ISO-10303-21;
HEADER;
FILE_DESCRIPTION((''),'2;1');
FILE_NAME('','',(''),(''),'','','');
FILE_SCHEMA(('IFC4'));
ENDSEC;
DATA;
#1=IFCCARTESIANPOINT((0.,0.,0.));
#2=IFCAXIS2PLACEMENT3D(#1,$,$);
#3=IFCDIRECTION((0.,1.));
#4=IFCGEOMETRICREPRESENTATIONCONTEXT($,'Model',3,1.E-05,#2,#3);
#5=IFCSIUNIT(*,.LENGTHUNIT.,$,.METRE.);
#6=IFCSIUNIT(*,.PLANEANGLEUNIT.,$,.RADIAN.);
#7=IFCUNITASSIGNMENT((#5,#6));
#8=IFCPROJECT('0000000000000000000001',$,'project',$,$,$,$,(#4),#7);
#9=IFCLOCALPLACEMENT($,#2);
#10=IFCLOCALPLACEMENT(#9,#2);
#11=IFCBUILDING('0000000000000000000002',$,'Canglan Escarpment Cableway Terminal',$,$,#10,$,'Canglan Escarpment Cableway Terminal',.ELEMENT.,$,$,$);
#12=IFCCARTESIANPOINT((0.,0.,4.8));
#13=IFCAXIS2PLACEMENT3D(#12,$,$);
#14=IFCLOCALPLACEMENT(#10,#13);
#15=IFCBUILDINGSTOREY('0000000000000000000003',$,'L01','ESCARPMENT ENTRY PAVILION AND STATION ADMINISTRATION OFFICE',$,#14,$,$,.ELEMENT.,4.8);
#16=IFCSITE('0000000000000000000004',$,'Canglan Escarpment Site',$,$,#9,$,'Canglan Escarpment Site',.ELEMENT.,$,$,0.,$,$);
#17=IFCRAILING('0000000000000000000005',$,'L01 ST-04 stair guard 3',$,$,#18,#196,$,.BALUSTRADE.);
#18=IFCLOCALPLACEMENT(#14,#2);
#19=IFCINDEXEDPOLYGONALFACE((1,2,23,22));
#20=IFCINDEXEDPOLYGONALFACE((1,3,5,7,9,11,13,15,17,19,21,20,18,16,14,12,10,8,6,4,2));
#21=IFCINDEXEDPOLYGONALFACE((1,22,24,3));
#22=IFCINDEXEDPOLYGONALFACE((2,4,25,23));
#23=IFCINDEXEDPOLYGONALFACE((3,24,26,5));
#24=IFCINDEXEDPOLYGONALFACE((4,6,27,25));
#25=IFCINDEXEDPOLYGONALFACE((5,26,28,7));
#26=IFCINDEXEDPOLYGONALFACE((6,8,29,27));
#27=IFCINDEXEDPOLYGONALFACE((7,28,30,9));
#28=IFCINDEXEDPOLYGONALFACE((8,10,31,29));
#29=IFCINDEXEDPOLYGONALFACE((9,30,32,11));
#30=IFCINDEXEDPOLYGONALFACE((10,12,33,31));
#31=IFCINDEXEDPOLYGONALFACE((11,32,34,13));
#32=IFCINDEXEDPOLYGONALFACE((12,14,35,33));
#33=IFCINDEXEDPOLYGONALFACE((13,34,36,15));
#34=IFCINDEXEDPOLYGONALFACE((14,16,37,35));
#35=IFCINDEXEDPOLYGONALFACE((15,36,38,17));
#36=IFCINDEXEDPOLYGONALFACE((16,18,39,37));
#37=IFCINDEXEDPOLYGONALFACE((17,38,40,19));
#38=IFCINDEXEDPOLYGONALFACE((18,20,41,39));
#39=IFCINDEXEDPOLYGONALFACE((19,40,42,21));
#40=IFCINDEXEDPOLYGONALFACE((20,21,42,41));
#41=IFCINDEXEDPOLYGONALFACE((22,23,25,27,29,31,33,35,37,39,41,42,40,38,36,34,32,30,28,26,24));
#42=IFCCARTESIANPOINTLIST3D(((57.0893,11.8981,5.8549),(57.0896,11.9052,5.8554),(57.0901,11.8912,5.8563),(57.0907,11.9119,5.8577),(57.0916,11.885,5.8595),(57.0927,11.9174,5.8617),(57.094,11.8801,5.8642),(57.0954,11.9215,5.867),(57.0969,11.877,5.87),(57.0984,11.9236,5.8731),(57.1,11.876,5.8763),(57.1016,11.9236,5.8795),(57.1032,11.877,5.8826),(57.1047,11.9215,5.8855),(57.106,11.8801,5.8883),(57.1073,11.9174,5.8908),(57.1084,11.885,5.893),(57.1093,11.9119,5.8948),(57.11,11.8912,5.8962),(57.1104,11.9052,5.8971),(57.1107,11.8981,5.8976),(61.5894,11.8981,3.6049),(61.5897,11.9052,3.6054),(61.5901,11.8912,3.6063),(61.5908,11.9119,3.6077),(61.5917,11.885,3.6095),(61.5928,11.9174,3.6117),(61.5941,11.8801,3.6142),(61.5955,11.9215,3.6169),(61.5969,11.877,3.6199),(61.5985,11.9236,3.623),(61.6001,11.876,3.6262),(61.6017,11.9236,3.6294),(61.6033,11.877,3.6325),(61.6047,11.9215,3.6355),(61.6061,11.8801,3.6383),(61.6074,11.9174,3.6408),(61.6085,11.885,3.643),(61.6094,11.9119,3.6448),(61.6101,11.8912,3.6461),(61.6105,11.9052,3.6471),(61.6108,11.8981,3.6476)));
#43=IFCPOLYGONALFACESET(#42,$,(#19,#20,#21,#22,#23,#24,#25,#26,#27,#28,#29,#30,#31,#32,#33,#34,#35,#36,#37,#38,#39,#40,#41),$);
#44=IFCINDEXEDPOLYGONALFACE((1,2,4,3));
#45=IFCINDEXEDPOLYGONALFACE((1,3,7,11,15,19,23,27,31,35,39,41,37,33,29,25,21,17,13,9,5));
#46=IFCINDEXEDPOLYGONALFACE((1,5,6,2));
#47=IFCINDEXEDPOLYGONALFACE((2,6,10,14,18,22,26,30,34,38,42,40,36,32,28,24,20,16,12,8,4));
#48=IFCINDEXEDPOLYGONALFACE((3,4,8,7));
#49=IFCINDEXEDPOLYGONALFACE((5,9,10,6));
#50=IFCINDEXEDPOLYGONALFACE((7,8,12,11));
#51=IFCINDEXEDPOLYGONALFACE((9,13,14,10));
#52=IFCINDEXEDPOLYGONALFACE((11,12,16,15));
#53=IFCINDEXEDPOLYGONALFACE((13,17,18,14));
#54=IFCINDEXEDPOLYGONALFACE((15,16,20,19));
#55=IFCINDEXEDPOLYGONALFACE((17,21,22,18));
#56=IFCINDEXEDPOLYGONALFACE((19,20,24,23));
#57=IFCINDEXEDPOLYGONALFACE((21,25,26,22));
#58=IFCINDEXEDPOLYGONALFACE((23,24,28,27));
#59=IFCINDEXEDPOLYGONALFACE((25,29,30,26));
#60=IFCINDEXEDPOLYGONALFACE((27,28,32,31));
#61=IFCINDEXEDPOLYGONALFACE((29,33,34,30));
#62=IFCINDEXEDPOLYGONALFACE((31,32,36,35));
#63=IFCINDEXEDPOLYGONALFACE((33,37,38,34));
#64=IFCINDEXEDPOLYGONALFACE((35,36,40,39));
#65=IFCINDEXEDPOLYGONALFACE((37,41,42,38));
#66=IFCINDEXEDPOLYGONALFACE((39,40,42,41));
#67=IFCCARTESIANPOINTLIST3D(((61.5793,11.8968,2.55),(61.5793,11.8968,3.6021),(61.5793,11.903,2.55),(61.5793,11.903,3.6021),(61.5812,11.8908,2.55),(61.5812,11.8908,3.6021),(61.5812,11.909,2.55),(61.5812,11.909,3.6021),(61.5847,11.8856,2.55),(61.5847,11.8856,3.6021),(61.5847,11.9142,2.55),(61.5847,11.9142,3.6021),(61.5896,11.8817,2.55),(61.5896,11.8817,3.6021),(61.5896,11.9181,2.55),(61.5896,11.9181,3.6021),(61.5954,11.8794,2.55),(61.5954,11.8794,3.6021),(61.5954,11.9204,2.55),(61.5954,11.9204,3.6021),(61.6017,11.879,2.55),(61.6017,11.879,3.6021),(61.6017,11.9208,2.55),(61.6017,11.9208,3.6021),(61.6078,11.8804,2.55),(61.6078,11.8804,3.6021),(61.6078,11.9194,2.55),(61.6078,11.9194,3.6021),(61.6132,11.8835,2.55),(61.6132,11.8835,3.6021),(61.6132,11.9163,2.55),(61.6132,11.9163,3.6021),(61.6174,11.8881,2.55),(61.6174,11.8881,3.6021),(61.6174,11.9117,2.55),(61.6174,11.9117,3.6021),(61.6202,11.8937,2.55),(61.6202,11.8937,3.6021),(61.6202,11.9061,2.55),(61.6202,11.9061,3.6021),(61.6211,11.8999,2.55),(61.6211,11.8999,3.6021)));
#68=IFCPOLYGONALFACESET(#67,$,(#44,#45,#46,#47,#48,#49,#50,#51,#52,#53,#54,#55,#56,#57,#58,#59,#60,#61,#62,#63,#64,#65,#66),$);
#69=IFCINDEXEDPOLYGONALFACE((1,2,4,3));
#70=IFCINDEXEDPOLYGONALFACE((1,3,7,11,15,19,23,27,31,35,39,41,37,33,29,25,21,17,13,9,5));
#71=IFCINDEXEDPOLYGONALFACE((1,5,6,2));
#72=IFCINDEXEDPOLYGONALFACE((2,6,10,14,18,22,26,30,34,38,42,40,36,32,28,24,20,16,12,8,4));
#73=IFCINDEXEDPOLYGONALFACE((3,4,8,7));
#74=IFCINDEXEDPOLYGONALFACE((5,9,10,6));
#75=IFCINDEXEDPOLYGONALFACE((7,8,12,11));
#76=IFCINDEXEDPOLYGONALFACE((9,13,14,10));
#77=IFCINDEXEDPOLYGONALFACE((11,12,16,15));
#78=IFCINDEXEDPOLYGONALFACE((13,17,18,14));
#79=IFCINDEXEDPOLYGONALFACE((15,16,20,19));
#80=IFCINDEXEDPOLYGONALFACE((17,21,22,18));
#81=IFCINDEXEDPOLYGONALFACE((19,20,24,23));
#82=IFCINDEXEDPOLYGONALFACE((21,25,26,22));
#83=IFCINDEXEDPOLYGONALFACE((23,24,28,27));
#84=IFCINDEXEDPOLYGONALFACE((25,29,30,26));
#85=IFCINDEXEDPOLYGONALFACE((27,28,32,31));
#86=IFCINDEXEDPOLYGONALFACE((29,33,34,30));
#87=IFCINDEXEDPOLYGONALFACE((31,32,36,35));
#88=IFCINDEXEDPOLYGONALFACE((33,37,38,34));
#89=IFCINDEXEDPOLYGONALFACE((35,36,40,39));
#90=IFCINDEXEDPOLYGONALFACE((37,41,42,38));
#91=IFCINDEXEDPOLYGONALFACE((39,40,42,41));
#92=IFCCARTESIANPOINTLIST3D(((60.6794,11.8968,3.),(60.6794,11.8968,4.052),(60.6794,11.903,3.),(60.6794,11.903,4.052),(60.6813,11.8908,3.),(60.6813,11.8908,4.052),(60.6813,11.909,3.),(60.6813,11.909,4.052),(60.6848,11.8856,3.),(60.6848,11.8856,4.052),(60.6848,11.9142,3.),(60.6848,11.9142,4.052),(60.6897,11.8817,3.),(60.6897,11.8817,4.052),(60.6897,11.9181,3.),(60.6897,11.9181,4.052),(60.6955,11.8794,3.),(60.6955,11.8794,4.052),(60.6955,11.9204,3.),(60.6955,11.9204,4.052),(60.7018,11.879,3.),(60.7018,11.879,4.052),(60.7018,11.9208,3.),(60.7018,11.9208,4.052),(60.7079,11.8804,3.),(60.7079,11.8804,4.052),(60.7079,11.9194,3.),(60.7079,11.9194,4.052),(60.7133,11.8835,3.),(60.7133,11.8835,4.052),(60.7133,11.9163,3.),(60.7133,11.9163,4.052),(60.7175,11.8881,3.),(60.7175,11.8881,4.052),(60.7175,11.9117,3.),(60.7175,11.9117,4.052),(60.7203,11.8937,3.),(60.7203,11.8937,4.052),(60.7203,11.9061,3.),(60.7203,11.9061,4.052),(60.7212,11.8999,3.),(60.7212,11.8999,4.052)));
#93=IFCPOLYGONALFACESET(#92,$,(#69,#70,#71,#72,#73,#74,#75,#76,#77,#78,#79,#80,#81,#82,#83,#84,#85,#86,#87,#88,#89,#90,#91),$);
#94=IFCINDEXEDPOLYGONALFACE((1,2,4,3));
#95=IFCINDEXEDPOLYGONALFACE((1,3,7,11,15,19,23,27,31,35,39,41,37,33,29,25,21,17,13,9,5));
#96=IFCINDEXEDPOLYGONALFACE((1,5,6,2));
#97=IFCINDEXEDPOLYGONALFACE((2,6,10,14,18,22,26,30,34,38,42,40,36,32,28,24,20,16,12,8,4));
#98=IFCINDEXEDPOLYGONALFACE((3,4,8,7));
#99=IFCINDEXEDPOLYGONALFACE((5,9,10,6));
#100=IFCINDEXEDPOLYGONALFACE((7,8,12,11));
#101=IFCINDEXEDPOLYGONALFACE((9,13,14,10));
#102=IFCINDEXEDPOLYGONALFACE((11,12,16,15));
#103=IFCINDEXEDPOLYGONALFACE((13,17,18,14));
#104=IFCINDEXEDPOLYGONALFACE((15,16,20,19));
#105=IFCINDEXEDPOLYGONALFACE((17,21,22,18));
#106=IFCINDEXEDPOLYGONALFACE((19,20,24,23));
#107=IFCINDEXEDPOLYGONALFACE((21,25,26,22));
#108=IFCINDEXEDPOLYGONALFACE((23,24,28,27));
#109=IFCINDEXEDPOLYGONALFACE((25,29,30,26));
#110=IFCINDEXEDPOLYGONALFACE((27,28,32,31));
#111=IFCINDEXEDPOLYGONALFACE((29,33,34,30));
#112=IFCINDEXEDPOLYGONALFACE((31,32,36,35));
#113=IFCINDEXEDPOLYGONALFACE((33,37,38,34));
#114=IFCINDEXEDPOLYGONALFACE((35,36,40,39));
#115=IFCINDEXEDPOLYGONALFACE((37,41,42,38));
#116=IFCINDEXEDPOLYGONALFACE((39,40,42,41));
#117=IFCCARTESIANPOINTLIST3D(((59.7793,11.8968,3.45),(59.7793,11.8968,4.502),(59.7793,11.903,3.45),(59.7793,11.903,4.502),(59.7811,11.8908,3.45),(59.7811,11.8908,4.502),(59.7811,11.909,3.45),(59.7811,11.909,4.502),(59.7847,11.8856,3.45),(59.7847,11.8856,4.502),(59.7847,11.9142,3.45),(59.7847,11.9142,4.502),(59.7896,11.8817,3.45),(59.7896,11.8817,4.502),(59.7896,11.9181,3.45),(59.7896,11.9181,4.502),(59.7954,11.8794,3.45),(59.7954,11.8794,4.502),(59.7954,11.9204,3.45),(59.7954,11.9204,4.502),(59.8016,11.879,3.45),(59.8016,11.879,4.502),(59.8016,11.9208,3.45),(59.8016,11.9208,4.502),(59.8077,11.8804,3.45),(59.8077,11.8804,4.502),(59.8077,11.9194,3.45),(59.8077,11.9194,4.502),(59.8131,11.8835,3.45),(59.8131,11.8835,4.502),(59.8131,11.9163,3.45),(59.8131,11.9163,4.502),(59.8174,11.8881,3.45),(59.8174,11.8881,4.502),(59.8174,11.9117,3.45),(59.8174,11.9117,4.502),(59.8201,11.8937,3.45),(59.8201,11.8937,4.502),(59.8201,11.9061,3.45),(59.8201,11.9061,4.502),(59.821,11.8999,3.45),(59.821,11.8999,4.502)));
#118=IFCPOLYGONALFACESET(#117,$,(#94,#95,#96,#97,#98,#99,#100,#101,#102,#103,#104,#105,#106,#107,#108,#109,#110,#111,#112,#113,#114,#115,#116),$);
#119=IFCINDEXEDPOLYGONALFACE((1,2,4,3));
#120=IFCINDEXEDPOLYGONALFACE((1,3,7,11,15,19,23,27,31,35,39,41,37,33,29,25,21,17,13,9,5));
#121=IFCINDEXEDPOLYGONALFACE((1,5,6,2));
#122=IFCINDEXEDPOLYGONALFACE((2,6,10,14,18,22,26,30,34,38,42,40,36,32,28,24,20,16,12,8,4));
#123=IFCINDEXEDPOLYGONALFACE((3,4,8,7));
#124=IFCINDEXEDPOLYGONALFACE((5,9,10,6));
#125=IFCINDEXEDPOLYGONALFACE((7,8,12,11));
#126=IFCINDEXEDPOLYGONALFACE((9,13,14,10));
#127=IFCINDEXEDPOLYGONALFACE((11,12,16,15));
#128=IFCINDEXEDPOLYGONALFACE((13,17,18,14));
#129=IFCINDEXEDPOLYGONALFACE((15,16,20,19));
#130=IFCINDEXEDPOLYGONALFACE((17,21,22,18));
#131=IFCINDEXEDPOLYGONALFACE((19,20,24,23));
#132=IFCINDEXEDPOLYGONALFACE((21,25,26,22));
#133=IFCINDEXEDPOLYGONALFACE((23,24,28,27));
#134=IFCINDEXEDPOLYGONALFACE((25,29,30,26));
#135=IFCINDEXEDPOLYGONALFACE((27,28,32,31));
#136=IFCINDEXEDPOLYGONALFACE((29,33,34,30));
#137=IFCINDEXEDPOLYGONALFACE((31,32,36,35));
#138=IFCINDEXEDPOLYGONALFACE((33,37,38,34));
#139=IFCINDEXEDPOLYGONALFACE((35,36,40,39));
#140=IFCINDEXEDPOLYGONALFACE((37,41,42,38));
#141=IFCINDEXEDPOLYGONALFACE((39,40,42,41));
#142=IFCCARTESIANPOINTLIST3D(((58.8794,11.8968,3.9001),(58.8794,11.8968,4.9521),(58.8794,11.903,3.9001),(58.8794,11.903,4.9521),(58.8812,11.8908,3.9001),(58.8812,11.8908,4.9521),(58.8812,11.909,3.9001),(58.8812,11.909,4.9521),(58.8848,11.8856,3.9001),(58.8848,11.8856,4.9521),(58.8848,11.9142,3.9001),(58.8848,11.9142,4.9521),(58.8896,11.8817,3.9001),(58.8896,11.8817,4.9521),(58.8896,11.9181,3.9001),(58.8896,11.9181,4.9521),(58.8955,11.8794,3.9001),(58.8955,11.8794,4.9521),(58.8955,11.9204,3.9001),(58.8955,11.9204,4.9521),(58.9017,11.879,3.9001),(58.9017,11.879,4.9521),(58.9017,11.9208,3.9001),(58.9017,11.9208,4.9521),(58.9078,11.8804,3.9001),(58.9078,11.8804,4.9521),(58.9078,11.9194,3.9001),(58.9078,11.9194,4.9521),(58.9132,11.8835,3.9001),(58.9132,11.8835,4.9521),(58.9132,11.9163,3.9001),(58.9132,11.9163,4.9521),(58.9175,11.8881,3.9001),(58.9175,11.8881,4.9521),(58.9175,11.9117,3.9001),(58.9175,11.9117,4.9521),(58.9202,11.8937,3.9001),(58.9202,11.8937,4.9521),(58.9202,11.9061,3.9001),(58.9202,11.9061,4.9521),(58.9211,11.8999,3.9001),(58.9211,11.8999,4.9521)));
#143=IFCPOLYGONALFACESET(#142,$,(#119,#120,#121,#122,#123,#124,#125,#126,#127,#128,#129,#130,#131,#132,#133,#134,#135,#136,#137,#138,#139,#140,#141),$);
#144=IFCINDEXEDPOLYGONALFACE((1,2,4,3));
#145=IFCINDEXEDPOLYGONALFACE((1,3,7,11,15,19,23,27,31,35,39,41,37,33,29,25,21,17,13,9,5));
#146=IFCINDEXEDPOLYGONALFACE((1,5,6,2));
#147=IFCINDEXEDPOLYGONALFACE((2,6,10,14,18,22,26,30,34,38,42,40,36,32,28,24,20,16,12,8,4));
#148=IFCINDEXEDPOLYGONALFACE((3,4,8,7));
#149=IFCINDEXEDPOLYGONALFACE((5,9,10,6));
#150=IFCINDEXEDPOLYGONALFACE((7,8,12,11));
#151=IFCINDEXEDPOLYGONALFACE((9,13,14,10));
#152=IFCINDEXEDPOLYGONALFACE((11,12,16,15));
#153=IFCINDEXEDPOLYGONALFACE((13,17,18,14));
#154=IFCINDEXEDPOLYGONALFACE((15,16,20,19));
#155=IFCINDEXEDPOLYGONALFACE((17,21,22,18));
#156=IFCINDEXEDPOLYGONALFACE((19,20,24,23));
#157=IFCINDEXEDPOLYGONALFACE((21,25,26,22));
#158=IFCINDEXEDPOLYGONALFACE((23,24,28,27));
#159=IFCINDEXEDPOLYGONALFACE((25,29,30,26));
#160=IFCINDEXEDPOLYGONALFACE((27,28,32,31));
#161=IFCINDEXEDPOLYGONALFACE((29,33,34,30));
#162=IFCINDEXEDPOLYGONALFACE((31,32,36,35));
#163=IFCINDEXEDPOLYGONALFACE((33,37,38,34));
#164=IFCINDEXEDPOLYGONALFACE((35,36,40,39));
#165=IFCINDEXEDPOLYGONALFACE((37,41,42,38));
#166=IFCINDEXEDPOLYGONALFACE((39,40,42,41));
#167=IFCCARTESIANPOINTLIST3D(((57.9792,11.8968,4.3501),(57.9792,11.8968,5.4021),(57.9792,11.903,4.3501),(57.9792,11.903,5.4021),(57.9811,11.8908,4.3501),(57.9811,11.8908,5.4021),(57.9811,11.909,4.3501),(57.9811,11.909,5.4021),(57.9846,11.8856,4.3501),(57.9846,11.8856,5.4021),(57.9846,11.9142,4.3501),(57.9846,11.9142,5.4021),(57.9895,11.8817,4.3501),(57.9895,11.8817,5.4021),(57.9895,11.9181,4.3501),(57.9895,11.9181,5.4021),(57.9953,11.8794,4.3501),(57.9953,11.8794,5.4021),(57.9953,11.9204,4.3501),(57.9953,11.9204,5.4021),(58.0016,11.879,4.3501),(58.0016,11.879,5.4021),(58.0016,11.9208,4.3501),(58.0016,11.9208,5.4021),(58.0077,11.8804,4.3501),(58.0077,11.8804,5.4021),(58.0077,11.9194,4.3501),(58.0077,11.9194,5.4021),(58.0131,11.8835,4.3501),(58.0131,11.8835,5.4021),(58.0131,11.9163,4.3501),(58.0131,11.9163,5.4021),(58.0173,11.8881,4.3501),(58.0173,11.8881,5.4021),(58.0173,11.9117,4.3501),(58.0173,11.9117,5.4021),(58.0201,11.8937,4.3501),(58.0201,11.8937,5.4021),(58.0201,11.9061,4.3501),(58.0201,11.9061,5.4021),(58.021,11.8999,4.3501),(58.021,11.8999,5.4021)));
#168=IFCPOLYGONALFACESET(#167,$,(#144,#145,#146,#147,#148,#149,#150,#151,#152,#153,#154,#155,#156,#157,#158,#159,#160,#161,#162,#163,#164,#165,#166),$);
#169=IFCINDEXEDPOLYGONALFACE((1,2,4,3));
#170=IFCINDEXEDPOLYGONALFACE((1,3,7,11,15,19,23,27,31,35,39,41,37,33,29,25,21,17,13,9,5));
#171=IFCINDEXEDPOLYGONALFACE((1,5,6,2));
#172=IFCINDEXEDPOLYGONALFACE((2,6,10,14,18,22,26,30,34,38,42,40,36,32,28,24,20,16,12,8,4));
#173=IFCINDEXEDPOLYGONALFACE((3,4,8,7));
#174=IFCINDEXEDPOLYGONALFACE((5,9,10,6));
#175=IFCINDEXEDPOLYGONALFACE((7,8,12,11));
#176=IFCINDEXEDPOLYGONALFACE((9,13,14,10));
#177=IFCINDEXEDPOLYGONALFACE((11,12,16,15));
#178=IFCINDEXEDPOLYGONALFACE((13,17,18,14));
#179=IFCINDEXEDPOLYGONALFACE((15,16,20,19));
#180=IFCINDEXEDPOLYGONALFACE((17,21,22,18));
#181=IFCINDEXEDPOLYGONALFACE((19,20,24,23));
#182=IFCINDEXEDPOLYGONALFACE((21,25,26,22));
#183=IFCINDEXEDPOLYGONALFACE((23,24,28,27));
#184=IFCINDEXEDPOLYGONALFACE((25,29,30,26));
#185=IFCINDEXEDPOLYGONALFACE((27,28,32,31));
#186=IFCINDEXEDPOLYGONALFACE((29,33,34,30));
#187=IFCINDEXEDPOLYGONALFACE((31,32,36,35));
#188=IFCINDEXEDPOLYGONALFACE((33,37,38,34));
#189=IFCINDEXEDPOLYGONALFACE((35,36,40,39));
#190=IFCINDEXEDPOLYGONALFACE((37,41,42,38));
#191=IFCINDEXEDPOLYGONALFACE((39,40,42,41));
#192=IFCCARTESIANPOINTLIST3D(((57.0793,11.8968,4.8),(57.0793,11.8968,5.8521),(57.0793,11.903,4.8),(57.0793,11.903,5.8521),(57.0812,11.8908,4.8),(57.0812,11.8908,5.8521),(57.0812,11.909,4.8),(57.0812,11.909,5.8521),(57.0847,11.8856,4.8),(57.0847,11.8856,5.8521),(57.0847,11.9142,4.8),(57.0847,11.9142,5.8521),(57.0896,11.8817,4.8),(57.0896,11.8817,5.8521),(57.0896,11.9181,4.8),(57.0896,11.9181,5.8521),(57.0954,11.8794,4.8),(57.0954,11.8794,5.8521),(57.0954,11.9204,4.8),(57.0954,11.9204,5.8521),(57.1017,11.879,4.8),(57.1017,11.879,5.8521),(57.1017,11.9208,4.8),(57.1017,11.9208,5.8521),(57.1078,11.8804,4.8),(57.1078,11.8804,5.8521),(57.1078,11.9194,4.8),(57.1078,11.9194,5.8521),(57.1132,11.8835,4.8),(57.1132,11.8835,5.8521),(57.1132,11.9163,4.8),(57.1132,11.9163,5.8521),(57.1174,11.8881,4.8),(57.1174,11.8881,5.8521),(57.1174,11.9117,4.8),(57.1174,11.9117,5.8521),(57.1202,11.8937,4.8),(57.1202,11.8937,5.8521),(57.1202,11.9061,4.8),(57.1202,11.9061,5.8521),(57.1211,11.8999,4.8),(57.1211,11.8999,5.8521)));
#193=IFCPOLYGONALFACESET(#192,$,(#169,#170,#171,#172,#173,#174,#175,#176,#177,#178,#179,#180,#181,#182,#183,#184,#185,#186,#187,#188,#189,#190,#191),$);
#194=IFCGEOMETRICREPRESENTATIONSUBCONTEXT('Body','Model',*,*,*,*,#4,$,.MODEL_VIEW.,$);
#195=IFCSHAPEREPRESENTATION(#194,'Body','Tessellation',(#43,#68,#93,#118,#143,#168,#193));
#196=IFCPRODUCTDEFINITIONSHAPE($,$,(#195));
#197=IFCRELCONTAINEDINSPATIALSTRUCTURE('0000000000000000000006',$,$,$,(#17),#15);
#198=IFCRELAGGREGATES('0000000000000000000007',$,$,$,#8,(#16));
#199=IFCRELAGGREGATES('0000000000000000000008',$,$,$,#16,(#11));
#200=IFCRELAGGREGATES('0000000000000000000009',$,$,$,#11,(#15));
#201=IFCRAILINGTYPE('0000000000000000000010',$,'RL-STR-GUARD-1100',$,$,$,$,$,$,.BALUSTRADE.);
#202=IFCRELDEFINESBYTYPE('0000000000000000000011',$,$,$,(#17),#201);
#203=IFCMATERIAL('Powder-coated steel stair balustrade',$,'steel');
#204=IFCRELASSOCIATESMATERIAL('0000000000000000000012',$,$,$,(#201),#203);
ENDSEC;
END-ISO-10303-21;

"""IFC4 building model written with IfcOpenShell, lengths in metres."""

from ifc_helpers import new_model, si_unit, direction, frame, origin, origin_2d, place, context, subcontext, project, spatial, circle, extrude, material, type_object, element, save


model = new_model("IFC4")

# Units and contexts
model_context = context("Model", 3, precision=1e-05, world=origin(), true_north=direction((0.0, 1.0)))
body_context = subcontext(model_context, "Body", "Model", "MODEL_VIEW")
ifc_project = project(units=[si_unit("LENGTHUNIT", "METRE"), si_unit("PLANEANGLEUNIT", "RADIAN")], contexts=[model_context])

# Site, building, storey
site_placement = place(None, origin())
site = spatial("IfcSite", under=ifc_project, at=site_placement, Name="Canglan Escarpment Site", LongName="Canglan Escarpment Site", CompositionType="ELEMENT", RefElevation=0.0)
building_placement = place(site_placement, origin())
building = spatial("IfcBuilding", under=site, at=building_placement, Name="Canglan Escarpment Cableway Terminal", LongName="Canglan Escarpment Cableway Terminal", CompositionType="ELEMENT")
storey_placement = place(building_placement, frame((0.0, 0.0, 4.8)))
storey = spatial("IfcBuildingStorey", under=building, at=storey_placement, Name="L01", Description="ESCARPMENT ENTRY PAVILION AND STATION ADMINISTRATION OFFICE", CompositionType="ELEMENT", Elevation=4.8)

# Railing
ifc_material_1 = material(Name="Powder-coated steel stair balustrade", Category="steel")
railing_type_1 = type_object("IfcRailingType", Name="RL-STR-GUARD-1100", PredefinedType="BALUSTRADE", material=ifc_material_1)
railing_1_placement = place(storey_placement, frame((61.6001, 11.8999, 2.55)))
element("IfcRailing", 1, at=railing_1_placement, inside=storey, type_object=railing_type_1, Name="L01 ST-04 stair guard 3", PredefinedType="BALUSTRADE", context=body_context, shape_type="SweptSolid", body=[
    extrude(circle(Radius=0.0239, at=origin_2d()), frame((0.0, 0.0, 1.0762), z_axis=(-0.894427, 0.0, 0.447214), x_axis=(0.0, -1.0, 0.0)), (0.0, 0.0, 1.0), 5.0312),
    extrude(circle(Radius=0.021, at=origin_2d()), origin(), (0.0, 0.0, 1.0), 1.052),
    extrude(circle(Radius=0.021, at=origin_2d()), frame((-0.8999, 0.0, 0.45)), (0.0, 0.0, 1.0), 1.052),
    extrude(circle(Radius=0.021, at=origin_2d()), frame((-1.8, 0.0, 0.8999)), (0.0, 0.0, 1.0), 1.052),
    extrude(circle(Radius=0.021, at=origin_2d()), frame((-2.7, 0.0, 1.3501)), (0.0, 0.0, 1.0), 1.052),
    extrude(circle(Radius=0.021, at=origin_2d()), frame((-3.6001, 0.0, 1.8)), (0.0, 0.0, 1.0), 1.052),
    extrude(circle(Radius=0.021, at=origin_2d()), frame((-4.5, 0.0, 2.25)), (0.0, 0.0, 1.0), 1.052),
])

save(model, "model.ifc")
